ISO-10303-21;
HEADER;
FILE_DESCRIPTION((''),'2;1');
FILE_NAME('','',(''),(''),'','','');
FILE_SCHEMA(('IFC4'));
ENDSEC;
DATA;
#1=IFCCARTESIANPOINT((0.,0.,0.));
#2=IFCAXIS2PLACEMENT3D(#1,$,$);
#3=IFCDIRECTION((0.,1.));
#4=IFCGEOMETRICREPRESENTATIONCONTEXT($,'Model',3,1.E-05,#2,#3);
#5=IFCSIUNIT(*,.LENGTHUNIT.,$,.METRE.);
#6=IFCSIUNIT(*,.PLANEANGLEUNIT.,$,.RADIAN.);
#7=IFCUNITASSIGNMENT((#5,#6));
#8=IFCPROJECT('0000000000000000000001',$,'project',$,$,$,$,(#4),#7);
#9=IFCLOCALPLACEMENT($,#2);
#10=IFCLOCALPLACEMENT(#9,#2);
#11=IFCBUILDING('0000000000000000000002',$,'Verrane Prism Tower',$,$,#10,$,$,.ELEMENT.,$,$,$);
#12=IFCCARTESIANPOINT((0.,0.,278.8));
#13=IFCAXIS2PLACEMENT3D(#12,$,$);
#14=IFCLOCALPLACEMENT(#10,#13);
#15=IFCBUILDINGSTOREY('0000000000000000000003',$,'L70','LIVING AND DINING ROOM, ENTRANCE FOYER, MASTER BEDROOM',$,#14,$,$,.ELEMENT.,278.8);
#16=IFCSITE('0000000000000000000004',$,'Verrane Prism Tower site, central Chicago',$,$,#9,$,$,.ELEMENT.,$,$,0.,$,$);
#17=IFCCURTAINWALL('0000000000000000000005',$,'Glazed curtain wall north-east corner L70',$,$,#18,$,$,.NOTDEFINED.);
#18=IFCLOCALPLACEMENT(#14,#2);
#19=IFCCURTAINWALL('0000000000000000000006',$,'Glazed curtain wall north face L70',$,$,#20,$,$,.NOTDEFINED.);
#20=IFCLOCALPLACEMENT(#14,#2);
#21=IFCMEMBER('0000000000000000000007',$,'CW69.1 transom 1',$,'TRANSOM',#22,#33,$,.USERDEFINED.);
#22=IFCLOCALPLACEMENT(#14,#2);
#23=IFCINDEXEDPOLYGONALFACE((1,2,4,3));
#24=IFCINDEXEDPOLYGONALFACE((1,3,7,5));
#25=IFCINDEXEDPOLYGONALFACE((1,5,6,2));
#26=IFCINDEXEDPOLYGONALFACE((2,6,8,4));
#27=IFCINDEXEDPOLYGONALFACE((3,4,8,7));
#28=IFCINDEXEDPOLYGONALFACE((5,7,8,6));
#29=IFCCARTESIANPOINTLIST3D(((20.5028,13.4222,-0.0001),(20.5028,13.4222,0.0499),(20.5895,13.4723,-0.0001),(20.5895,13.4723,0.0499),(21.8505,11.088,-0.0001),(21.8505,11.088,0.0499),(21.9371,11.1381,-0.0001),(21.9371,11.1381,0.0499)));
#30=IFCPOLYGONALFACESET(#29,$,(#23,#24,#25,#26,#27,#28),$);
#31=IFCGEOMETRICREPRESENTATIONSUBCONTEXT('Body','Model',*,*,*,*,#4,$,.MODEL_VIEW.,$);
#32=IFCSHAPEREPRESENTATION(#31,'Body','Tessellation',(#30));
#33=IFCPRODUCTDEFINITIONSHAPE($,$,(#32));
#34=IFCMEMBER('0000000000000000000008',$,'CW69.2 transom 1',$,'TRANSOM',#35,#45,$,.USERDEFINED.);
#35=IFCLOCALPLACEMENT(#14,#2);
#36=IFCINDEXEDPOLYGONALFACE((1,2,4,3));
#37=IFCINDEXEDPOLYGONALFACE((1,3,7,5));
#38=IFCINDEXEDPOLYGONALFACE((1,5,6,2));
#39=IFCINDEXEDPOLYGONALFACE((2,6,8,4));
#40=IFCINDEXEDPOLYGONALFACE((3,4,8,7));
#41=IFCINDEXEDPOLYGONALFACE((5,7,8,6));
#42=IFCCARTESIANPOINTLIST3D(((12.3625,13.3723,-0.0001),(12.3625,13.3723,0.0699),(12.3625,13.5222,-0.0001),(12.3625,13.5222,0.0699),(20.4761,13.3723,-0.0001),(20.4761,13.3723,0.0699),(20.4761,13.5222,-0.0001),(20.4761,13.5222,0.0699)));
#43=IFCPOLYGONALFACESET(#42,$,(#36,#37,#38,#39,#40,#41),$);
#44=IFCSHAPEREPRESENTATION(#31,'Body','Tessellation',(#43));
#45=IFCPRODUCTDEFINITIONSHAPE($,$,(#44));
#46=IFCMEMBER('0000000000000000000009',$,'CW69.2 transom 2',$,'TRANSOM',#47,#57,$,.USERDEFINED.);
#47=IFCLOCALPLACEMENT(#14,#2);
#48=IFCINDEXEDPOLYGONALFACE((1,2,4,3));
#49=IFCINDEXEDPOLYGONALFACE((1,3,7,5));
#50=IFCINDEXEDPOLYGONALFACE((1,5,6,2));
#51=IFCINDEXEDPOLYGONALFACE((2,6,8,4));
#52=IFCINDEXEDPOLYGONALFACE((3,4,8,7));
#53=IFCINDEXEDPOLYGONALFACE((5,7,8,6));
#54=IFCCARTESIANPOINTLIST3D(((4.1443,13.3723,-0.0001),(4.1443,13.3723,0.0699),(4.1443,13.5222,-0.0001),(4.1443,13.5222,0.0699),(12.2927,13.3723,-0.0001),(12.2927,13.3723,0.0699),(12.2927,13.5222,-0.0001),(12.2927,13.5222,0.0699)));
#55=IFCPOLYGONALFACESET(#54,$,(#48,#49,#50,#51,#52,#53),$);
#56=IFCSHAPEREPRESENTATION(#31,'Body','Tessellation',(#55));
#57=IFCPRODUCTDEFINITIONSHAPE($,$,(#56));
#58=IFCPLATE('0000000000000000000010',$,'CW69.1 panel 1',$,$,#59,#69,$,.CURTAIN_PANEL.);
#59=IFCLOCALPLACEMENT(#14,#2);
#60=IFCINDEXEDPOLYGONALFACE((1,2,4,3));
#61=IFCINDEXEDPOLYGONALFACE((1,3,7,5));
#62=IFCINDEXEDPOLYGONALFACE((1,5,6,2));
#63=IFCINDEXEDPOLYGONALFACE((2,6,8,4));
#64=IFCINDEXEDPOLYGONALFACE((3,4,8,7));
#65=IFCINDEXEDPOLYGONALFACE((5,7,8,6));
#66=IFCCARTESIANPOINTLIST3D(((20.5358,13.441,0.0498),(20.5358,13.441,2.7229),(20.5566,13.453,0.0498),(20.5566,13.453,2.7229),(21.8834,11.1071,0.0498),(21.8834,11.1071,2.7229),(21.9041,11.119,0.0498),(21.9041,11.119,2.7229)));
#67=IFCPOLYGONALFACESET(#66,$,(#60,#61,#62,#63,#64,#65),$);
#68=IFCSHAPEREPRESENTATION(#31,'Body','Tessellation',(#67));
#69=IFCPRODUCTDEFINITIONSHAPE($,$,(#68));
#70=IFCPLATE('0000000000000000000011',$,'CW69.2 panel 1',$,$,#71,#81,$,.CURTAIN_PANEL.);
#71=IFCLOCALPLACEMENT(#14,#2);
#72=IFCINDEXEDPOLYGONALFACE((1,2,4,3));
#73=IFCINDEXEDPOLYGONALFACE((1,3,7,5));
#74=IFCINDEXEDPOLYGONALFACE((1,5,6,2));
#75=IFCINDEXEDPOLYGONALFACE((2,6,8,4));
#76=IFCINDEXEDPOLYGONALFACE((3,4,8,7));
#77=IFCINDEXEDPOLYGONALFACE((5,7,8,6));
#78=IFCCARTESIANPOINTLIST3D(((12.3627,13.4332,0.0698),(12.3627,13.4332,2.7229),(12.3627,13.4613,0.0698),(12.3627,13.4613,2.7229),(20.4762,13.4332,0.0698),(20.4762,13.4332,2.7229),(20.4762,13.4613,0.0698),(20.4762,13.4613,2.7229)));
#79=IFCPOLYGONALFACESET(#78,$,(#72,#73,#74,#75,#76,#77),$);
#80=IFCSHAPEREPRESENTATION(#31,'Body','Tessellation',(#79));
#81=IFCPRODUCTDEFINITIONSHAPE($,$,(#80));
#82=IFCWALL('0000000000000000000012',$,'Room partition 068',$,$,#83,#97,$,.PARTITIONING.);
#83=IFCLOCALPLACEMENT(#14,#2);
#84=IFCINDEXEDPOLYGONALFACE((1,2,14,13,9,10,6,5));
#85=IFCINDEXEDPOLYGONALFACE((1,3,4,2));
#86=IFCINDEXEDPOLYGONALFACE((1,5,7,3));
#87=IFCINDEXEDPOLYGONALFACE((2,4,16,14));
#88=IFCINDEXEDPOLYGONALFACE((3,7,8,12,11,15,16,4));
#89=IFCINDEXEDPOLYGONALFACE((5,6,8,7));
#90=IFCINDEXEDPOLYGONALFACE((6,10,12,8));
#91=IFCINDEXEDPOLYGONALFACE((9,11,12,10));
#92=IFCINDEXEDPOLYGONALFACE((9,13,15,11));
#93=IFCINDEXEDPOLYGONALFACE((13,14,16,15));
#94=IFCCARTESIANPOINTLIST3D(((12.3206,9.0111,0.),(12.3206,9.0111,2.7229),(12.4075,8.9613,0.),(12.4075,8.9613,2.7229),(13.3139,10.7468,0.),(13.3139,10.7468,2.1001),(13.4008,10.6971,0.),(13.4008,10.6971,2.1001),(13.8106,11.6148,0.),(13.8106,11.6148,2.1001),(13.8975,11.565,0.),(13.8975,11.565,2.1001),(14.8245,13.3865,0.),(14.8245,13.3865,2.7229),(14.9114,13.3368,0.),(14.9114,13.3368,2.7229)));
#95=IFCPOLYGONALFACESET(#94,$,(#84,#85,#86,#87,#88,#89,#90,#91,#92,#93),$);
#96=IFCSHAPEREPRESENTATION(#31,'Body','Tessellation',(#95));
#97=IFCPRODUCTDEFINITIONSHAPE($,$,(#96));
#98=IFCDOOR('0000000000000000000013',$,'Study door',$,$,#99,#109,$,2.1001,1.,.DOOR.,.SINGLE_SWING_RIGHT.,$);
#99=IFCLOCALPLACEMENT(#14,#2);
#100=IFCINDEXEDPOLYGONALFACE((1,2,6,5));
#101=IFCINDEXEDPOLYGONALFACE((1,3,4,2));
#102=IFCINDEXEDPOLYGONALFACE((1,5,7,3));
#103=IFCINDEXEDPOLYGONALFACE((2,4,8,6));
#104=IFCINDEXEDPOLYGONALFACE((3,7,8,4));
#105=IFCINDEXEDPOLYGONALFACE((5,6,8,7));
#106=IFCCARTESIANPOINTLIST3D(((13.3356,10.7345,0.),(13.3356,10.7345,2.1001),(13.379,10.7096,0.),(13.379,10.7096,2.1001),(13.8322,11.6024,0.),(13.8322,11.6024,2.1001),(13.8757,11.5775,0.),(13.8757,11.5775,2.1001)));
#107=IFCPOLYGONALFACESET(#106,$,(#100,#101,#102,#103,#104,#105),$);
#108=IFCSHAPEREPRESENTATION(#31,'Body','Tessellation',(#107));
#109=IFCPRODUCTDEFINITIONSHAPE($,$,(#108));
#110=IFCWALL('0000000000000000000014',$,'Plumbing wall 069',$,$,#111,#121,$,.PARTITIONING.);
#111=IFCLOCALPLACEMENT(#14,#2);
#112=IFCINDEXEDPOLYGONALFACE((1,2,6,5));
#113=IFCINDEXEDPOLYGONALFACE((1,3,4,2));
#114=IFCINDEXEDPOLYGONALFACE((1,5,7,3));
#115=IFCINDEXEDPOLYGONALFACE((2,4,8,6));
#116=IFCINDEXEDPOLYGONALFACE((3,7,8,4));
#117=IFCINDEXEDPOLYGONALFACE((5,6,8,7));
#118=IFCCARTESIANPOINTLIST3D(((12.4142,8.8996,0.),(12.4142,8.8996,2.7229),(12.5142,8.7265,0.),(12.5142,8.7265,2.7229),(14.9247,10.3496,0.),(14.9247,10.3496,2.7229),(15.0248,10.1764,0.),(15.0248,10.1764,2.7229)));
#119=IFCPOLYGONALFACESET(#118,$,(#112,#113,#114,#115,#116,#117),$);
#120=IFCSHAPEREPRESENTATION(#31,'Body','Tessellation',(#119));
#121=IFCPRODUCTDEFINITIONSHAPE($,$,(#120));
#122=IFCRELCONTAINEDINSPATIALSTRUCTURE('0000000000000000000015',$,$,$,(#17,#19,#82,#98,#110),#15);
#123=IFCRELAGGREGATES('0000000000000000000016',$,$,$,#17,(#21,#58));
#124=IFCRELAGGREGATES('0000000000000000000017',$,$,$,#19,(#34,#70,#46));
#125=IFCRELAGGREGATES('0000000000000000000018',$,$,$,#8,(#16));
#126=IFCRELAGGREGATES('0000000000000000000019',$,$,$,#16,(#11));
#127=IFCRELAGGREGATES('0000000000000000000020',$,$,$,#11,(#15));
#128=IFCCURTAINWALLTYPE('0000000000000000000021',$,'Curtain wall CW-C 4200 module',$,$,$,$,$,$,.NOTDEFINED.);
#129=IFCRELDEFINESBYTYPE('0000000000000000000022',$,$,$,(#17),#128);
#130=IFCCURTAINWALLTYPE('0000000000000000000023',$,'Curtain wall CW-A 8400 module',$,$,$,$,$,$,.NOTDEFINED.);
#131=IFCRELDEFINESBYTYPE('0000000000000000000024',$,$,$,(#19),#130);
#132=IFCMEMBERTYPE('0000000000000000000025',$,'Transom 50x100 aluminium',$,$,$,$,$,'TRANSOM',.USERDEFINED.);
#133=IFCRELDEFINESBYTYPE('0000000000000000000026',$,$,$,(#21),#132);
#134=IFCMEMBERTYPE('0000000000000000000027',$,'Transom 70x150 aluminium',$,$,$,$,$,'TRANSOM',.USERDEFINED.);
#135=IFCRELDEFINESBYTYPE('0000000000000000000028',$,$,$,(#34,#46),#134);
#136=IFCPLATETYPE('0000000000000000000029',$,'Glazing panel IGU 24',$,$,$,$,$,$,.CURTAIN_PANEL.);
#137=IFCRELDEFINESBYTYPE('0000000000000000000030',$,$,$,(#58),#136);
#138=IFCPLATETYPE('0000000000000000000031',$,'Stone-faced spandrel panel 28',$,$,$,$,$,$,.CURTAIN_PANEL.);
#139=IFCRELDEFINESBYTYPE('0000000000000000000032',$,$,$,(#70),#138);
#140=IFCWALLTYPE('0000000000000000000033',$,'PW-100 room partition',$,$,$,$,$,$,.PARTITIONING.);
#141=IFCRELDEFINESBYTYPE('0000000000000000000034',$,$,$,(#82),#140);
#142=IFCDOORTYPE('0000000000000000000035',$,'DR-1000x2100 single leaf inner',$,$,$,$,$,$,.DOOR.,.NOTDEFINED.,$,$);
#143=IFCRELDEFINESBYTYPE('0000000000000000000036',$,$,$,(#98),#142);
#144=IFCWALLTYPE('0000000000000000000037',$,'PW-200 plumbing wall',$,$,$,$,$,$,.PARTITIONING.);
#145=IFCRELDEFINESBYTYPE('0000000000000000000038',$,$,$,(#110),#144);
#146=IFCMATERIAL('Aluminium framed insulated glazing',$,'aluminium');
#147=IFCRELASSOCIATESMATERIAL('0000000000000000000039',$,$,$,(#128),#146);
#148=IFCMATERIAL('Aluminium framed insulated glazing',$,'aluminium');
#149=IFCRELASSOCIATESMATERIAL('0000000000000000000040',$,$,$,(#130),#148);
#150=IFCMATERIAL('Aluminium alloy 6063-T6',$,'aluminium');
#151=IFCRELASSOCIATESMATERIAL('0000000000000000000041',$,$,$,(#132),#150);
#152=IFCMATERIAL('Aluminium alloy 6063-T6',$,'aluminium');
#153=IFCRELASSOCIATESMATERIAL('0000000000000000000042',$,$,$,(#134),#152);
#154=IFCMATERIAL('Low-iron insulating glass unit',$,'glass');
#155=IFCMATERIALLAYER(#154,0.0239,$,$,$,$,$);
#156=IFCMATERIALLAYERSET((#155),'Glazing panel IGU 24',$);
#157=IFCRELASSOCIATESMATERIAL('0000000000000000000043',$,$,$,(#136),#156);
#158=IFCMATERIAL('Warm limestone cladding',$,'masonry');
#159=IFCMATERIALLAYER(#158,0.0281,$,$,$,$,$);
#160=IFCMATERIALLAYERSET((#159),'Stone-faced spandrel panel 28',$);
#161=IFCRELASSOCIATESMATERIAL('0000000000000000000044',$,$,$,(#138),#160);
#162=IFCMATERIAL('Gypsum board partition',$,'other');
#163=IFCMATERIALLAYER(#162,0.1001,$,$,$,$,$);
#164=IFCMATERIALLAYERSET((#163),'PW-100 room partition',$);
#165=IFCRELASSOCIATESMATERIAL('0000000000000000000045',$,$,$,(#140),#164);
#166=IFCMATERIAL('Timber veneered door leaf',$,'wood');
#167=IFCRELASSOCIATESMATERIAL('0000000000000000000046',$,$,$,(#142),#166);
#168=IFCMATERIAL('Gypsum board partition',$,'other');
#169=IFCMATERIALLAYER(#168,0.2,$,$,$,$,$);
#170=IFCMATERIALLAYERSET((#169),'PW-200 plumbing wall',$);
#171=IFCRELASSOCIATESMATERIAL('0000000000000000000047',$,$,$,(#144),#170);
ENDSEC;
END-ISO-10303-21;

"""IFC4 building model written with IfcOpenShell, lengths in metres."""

from ifc_helpers import new_model, si_unit, direction, frame, frame_2d, origin, origin_2d, place, context, subcontext, project, spatial, rectangle, extrude, material, layer, layer_set, material_profile, profile_set, type_object, element, fill, aggregate, save


model = new_model("IFC4")

# Units and contexts
model_context = context("Model", 3, precision=1e-05, world=origin(), true_north=direction((0.0, 1.0)))
body_context = subcontext(model_context, "Body", "Model", "MODEL_VIEW")
ifc_project = project(units=[si_unit("LENGTHUNIT", "METRE"), si_unit("PLANEANGLEUNIT", "RADIAN")], contexts=[model_context])

# Site, building, storey
site_placement = place(None, origin())
site = spatial("IfcSite", under=ifc_project, at=site_placement, Name="Verrane Prism Tower site, central Chicago", CompositionType="ELEMENT", RefElevation=0.0)
building_placement = place(site_placement, origin())
building = spatial("IfcBuilding", under=site, at=building_placement, Name="Verrane Prism Tower", CompositionType="ELEMENT")
storey_placement = place(building_placement, frame((0.0, 0.0, 278.8)))
storey = spatial("IfcBuildingStorey", under=building, at=storey_placement, Name="L70", Description="LIVING AND DINING ROOM, ENTRANCE FOYER, MASTER BEDROOM", CompositionType="ELEMENT", Elevation=278.8)

# Curtain wall
ifc_material_1 = material(Name="Aluminium framed insulated glazing", Category="aluminium")
curtain_wall_type_1 = type_object("IfcCurtainWallType", Name="Curtain wall CW-C 4200 module", PredefinedType="NOTDEFINED", material=ifc_material_1)
curtain_wall_1_placement = place(storey_placement, origin())
curtain_wall_1 = element("IfcCurtainWall", 1, at=curtain_wall_1_placement, inside=storey, type_object=curtain_wall_type_1, Name="Glazed curtain wall north-east corner L70", PredefinedType="NOTDEFINED")

# Curtain wall
ifc_material_2 = material(Name="Aluminium framed insulated glazing", Category="aluminium")
curtain_wall_type_2 = type_object("IfcCurtainWallType", Name="Curtain wall CW-A 8400 module", PredefinedType="NOTDEFINED", material=ifc_material_2)
curtain_wall_2_placement = place(storey_placement, origin())
curtain_wall_2 = element("IfcCurtainWall", 2, at=curtain_wall_2_placement, inside=storey, type_object=curtain_wall_type_2, Name="Glazed curtain wall north face L70", PredefinedType="NOTDEFINED")

# Members
ifc_material_3 = material(Name="Aluminium alloy 6063-T6", Category="aluminium")
ifc_material_profile_1 = material_profile(ifc_material_3, rectangle(XDim=0.1001, YDim=0.05, at=origin_2d()), Name="Transom 50x100 aluminium")
ifc_profile_set_1 = profile_set([ifc_material_profile_1], Name="Aluminium alloy 6063-T6")
member_type_1 = type_object("IfcMemberType", Name="Transom 50x100 aluminium", ElementType="TRANSOM", PredefinedType="USERDEFINED", material=ifc_profile_set_1)
member_1_placement = place(storey_placement, frame((21.8938, 11.113, 0.0249), z_axis=(-0.499997, 0.866027, 0.0), x_axis=(-0.866027, -0.499997, 0.0)))
member_1 = element("IfcMember", 3, at=member_1_placement, type_object=member_type_1, Name="CW69.1 transom 1", ObjectType="TRANSOM", PredefinedType="USERDEFINED", context=body_context, shape_type="SweptSolid", body=[
    extrude(rectangle(XDim=0.1001, YDim=0.05, at=origin_2d()), origin(), (0.0, 0.0, 1.0), 2.6953),
])
ifc_material_4 = material(Name="Aluminium alloy 6063-T6", Category="aluminium")
ifc_material_profile_2 = material_profile(ifc_material_4, rectangle(XDim=0.1499, YDim=0.0701, at=origin_2d()), Name="Transom 70x150 aluminium")
ifc_profile_set_2 = profile_set([ifc_material_profile_2], Name="Aluminium alloy 6063-T6")
member_type_2 = type_object("IfcMemberType", Name="Transom 70x150 aluminium", ElementType="TRANSOM", PredefinedType="USERDEFINED", material=ifc_profile_set_2)
member_2_placement = place(storey_placement, frame((20.4761, 13.4473, 0.0349), z_axis=(-1.0, 0.0, 0.0), x_axis=(0.0, -1.0, 0.0)))
member_2 = element("IfcMember", 4, at=member_2_placement, type_object=member_type_2, Name="CW69.2 transom 1", ObjectType="TRANSOM", PredefinedType="USERDEFINED", context=body_context, shape_type="SweptSolid", body=[
    extrude(rectangle(XDim=0.1499, YDim=0.0701, at=origin_2d()), origin(), (0.0, 0.0, 1.0), 8.1135),
])
member_3_placement = place(storey_placement, frame((12.2927, 13.4473, 0.0349), z_axis=(-1.0, 0.0, 0.0), x_axis=(0.0, -1.0, 0.0)))
member_3 = element("IfcMember", 5, at=member_3_placement, type_object=member_type_2, Name="CW69.2 transom 2", ObjectType="TRANSOM", PredefinedType="USERDEFINED", context=body_context, shape_type="SweptSolid", body=[
    extrude(rectangle(XDim=0.1499, YDim=0.0701, at=origin_2d()), origin(), (0.0, 0.0, 1.0), 8.1484),
])

# Plates
ifc_material_5 = material(Name="Low-iron insulating glass unit", Category="glass")
ifc_layer_1 = layer(ifc_material_5, 0.0239)
ifc_layer_set_1 = layer_set([ifc_layer_1], Name="Glazing panel IGU 24")
plate_type_1 = type_object("IfcPlateType", Name="Glazing panel IGU 24", PredefinedType="CURTAIN_PANEL", material=ifc_layer_set_1)
plate_1_placement = place(storey_placement, frame((21.22, 12.28, 0.0498), z_axis=(0.0, 0.0, 1.0), x_axis=(-0.500002, 0.866024, 0.0)))
plate_1 = element("IfcPlate", 6, at=plate_1_placement, type_object=plate_type_1, Name="CW69.1 panel 1", PredefinedType="CURTAIN_PANEL", context=body_context, shape_type="SweptSolid", body=[
    extrude(rectangle(XDim=2.6951, YDim=0.0239, at=origin_2d()), origin(), (0.0, 0.0, 1.0), 2.6731),
])
aggregate(curtain_wall_1, [member_1, plate_1])
ifc_material_6 = material(Name="Warm limestone cladding", Category="masonry")
ifc_layer_2 = layer(ifc_material_6, 0.0281)
ifc_layer_set_2 = layer_set([ifc_layer_2], Name="Stone-faced spandrel panel 28")
plate_type_2 = type_object("IfcPlateType", Name="Stone-faced spandrel panel 28", PredefinedType="CURTAIN_PANEL", material=ifc_layer_set_2)
plate_2_placement = place(storey_placement, frame((16.4194, 13.4473, 0.0698), z_axis=(0.0, 0.0, 1.0), x_axis=(-1.0, 0.0, 0.0)))
plate_2 = element("IfcPlate", 7, at=plate_2_placement, type_object=plate_type_2, Name="CW69.2 panel 1", PredefinedType="CURTAIN_PANEL", context=body_context, shape_type="SweptSolid", body=[
    extrude(rectangle(XDim=8.1135, YDim=0.0281, at=origin_2d()), origin(), (0.0, 0.0, 1.0), 2.6531),
])
aggregate(curtain_wall_2, [member_2, plate_2, member_3])

# Wall, opening, door
ifc_material_7 = material(Name="Gypsum board partition", Category="other")
ifc_layer_3 = layer(ifc_material_7, 0.1001)
ifc_layer_set_3 = layer_set([ifc_layer_3], Name="PW-100 room partition")
wall_type_1 = type_object("IfcWallType", Name="PW-100 room partition", PredefinedType="PARTITIONING", material=ifc_layer_set_3)
wall_1_placement = place(storey_placement, frame((14.8679, 13.3616, 0.0), z_axis=(0.0, 0.0, 1.0), x_axis=(-0.496681, -0.867933, 0.0)))
wall_1 = element("IfcWall", 8, at=wall_1_placement, inside=storey, type_object=wall_type_1, Name="Room partition 068", PredefinedType="PARTITIONING", context=body_context, shape_type="SweptSolid", body=[
    extrude(rectangle(XDim=5.0413, YDim=0.1001, at=frame_2d((2.5205, 0.0))), origin(), (0.0, 0.0, 1.0), 2.7229),
])
opening_placement = place(wall_1_placement, frame((2.0413, 0.0, 0.0)))
opening = element("IfcOpeningElement", 9, at=opening_placement, cuts=wall_1, PredefinedType="OPENING", context=body_context, shape_type="SweptSolid", body=[
    extrude(rectangle(XDim=1.0, YDim=2.1001, at=frame_2d((0.5, 1.05))), frame((0.0, 0.0601, 0.0), z_axis=(0.0, -1.0, 0.0), x_axis=(1.0, 0.0, 0.0)), (0.0, 0.0, 1.0), 0.1201),
])
ifc_material_8 = material(Name="Timber veneered door leaf", Category="wood")
door_type = type_object("IfcDoorType", Name="DR-1000x2100 single leaf inner", OperationType="NOTDEFINED", PredefinedType="DOOR", material=ifc_material_8)
door_placement = place(opening_placement, origin())
door = element("IfcDoor", 10, at=door_placement, inside=storey, type_object=door_type, Name="Study door", OperationType="SINGLE_SWING_RIGHT", OverallHeight=2.1001, OverallWidth=1.0, PredefinedType="DOOR", context=body_context, shape_type="SweptSolid", body=[
    extrude(rectangle(XDim=1.0, YDim=2.1001, at=frame_2d((0.5, 1.05))), frame((0.0, 0.0249, 0.0), z_axis=(0.0, -1.0, 0.0), x_axis=(1.0, 0.0, 0.0)), (0.0, 0.0, 1.0), 0.05),
])
fill(opening, door)

# Wall
ifc_material_9 = material(Name="Gypsum board partition", Category="other")
ifc_layer_4 = layer(ifc_material_9, 0.2)
ifc_layer_set_4 = layer_set([ifc_layer_4], Name="PW-200 plumbing wall")
wall_type_2 = type_object("IfcWallType", Name="PW-200 plumbing wall", PredefinedType="PARTITIONING", material=ifc_layer_set_4)
wall_2_placement = place(storey_placement, frame((12.4641, 8.813, 0.0), z_axis=(0.0, 0.0, 1.0), x_axis=(0.865949, 0.500133, 0.0)))
element("IfcWall", 11, at=wall_2_placement, inside=storey, type_object=wall_type_2, Name="Plumbing wall 069", PredefinedType="PARTITIONING", context=body_context, shape_type="SweptSolid", body=[
    extrude(rectangle(XDim=2.8992, YDim=0.2, at=frame_2d((1.4497, 0.0))), origin(), (0.0, 0.0, 1.0), 2.7229),
])

save(model, "model.ifc")
